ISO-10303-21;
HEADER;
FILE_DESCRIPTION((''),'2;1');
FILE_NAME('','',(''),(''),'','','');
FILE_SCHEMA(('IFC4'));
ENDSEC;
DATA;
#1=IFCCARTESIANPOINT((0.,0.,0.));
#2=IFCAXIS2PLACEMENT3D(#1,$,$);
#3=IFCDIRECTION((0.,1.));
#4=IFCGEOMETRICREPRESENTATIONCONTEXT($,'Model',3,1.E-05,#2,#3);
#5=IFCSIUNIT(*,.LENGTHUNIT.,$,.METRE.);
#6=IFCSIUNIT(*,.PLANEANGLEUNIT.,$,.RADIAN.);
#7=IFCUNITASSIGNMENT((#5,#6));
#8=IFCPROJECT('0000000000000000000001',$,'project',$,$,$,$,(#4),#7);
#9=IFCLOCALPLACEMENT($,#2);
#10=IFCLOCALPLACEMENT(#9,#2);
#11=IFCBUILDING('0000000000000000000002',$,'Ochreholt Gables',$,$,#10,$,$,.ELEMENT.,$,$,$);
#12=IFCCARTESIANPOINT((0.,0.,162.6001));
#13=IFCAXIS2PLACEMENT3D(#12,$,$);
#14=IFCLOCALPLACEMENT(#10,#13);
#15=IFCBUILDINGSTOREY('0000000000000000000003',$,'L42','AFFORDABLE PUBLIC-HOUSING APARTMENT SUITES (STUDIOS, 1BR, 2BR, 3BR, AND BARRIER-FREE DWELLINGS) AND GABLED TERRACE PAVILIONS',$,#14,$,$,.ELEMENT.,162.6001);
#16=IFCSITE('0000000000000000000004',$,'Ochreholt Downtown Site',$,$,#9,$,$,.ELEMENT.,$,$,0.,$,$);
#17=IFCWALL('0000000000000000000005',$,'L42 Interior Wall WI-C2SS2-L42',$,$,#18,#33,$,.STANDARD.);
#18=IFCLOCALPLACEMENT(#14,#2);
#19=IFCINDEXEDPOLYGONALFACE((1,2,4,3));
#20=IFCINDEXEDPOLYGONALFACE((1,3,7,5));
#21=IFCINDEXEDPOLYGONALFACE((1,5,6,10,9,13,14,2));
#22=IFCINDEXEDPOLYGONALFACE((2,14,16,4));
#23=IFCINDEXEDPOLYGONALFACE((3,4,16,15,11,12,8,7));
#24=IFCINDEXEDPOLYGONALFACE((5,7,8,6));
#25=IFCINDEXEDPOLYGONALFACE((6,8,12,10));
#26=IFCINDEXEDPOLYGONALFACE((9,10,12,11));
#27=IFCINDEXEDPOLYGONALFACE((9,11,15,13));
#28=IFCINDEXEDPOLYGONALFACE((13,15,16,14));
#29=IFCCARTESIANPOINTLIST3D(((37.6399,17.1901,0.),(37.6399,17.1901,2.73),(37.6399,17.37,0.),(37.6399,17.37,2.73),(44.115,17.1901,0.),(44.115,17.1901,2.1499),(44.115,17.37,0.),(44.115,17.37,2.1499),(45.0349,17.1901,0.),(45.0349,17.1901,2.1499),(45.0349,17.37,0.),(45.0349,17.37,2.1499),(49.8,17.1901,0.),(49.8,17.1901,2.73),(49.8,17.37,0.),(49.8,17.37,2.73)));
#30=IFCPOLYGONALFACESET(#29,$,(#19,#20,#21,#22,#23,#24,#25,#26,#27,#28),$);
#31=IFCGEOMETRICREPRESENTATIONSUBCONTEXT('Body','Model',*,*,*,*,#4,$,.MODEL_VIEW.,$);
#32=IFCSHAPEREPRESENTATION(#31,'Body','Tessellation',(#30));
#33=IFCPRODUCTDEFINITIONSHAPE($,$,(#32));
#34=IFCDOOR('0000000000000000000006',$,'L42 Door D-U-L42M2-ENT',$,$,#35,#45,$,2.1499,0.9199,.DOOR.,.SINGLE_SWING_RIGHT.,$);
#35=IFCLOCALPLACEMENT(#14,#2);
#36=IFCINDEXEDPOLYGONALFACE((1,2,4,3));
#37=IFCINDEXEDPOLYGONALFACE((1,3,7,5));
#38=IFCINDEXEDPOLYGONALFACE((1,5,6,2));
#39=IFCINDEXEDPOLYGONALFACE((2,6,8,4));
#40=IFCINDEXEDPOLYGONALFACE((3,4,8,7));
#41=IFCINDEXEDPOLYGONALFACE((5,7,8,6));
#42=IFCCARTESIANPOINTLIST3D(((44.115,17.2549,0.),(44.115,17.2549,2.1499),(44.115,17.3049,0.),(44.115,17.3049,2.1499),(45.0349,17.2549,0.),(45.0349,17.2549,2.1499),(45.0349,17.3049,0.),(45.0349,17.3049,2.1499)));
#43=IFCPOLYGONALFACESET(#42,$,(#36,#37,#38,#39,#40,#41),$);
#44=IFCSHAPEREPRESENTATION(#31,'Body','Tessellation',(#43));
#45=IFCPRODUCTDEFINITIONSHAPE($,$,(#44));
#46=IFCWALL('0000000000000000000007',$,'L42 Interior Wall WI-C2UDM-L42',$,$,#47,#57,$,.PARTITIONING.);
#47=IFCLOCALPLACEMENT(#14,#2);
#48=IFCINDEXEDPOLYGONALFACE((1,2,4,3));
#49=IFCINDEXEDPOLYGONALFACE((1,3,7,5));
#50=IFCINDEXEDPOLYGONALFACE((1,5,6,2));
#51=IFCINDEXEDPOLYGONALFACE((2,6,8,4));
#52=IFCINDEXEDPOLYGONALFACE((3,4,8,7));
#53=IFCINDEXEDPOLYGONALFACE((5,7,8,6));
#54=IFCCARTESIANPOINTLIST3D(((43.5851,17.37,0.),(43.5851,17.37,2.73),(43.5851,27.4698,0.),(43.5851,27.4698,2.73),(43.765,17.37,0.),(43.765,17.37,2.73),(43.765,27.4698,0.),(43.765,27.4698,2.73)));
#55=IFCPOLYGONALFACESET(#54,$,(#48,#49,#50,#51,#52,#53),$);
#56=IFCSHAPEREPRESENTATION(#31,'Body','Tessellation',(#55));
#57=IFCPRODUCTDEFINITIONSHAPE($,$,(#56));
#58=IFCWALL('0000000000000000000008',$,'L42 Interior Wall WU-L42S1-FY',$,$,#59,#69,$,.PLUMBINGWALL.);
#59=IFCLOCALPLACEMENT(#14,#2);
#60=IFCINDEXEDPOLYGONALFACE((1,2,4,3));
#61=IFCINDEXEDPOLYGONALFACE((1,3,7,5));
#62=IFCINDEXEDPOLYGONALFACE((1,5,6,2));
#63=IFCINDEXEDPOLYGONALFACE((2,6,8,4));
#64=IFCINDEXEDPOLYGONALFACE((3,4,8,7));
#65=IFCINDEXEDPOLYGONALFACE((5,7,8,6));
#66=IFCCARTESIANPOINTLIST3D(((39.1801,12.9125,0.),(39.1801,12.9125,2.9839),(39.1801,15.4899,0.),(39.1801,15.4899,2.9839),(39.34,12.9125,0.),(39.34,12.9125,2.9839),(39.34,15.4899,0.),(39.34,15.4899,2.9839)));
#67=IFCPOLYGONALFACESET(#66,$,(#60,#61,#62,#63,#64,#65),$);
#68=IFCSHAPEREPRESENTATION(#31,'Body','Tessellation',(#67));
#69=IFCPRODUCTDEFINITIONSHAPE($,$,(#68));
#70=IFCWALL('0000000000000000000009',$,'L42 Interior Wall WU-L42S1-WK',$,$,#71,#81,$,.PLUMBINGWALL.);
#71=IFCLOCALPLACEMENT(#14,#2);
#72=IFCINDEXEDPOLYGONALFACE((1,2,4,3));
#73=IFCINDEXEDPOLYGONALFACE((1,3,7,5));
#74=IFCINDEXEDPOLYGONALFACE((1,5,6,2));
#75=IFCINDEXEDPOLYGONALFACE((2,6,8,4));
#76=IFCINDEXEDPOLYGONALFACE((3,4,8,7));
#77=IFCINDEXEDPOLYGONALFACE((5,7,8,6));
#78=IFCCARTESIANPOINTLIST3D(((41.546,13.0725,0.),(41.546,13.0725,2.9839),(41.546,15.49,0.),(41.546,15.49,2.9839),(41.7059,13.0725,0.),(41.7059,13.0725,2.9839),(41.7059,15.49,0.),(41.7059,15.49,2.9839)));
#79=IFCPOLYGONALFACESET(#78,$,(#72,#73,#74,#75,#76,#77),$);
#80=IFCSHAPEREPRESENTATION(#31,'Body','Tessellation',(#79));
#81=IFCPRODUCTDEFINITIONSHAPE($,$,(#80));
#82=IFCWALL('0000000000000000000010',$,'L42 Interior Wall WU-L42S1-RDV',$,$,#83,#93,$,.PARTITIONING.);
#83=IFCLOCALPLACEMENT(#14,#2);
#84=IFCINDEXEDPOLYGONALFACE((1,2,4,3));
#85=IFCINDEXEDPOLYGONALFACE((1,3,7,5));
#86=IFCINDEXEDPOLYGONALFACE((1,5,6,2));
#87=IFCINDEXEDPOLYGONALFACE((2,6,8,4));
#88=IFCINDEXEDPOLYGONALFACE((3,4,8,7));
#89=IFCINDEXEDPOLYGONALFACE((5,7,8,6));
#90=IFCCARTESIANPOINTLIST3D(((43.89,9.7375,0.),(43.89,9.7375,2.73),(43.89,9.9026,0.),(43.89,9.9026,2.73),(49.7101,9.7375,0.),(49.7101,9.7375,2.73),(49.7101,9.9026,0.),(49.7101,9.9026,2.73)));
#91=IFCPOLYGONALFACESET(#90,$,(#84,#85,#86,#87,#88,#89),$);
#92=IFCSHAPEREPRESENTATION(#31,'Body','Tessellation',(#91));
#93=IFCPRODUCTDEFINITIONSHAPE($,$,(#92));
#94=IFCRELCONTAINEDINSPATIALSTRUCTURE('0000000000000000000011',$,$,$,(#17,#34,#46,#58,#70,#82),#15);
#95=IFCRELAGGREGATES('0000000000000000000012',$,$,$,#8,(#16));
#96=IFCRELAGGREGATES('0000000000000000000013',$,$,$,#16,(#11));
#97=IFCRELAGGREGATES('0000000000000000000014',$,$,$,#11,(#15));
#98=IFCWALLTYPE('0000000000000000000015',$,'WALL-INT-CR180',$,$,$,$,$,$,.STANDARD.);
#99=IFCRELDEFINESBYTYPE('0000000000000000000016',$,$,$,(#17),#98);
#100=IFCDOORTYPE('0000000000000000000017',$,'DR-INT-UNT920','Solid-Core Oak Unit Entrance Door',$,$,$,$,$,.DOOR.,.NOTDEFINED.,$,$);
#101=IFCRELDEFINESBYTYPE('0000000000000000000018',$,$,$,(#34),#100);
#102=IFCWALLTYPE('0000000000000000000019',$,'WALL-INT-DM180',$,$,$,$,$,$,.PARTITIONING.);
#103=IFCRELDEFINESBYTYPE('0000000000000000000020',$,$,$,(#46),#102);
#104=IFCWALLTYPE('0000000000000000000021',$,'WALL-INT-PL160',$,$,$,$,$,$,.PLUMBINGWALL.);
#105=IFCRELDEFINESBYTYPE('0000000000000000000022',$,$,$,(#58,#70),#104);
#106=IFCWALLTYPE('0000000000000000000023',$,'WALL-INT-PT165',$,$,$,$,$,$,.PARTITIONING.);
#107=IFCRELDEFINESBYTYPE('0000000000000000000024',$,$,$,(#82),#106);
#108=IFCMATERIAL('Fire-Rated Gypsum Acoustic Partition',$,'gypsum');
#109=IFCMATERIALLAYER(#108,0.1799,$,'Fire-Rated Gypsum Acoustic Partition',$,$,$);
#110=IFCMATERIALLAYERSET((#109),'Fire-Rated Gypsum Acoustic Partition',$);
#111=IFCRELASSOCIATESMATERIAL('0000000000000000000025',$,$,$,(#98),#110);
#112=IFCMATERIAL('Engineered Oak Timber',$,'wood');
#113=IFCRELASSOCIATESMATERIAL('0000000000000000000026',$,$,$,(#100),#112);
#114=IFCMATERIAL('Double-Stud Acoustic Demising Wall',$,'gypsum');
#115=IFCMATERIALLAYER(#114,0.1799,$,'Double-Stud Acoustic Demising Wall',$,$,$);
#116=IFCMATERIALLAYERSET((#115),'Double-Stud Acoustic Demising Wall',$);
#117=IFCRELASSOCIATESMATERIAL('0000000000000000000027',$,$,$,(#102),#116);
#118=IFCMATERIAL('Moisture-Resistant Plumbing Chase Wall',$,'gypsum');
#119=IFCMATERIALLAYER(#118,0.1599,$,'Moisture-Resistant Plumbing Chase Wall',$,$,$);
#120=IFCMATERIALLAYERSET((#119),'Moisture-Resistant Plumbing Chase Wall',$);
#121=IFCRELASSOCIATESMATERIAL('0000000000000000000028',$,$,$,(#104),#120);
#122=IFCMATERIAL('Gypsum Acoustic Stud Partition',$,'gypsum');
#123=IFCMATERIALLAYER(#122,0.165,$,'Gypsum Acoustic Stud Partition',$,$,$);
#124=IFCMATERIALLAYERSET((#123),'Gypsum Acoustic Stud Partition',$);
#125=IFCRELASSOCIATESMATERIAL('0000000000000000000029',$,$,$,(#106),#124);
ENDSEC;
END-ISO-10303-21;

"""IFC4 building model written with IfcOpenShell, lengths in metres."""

from ifc_helpers import new_model, si_unit, direction, frame, frame_2d, origin, place, context, subcontext, project, spatial, rectangle, extrude, material, layer, layer_set, type_object, element, fill, save


model = new_model("IFC4")

# Units and contexts
model_context = context("Model", 3, precision=1e-05, world=origin(), true_north=direction((0.0, 1.0)))
body_context = subcontext(model_context, "Body", "Model", "MODEL_VIEW")
ifc_project = project(units=[si_unit("LENGTHUNIT", "METRE"), si_unit("PLANEANGLEUNIT", "RADIAN")], contexts=[model_context])

# Site, building, storey
site_placement = place(None, origin())
site = spatial("IfcSite", under=ifc_project, at=site_placement, Name="Ochreholt Downtown Site", CompositionType="ELEMENT", RefElevation=0.0)
building_placement = place(site_placement, origin())
building = spatial("IfcBuilding", under=site, at=building_placement, Name="Ochreholt Gables", CompositionType="ELEMENT")
storey_placement = place(building_placement, frame((0.0, 0.0, 162.6001)))
storey = spatial("IfcBuildingStorey", under=building, at=storey_placement, Name="L42", Description="AFFORDABLE PUBLIC-HOUSING APARTMENT SUITES (STUDIOS, 1BR, 2BR, 3BR, AND BARRIER-FREE DWELLINGS) AND GABLED TERRACE PAVILIONS", CompositionType="ELEMENT", Elevation=162.6001)

# Wall, opening, door
ifc_material_1 = material(Name="Fire-Rated Gypsum Acoustic Partition", Category="gypsum")
ifc_layer_1 = layer(ifc_material_1, 0.1799, Name="Fire-Rated Gypsum Acoustic Partition")
ifc_layer_set_1 = layer_set([ifc_layer_1], Name="Fire-Rated Gypsum Acoustic Partition")
wall_type_1 = type_object("IfcWallType", Name="WALL-INT-CR180", PredefinedType="STANDARD", material=ifc_layer_set_1)
ifc_material_2 = material(Name="Engineered Oak Timber", Category="wood")
door_type_1 = type_object("IfcDoorType", Name="DR-INT-UNT920", Description="Solid-Core Oak Unit Entrance Door", OperationType="NOTDEFINED", PredefinedType="DOOR", material=ifc_material_2)
wall_1_placement = place(storey_placement, frame((37.6399, 17.28, 0.0), z_axis=(0.0, 0.0, 1.0), x_axis=(1.0, 0.0, 0.0)))
wall_1 = element("IfcWall", 1, at=wall_1_placement, inside=storey, type_object=wall_type_1, Name="L42 Interior Wall WI-C2SS2-L42", PredefinedType="STANDARD", context=body_context, shape_type="SweptSolid", body=[
    extrude(rectangle(XDim=12.1602, YDim=0.1799, at=frame_2d((6.0801, 0.0))), origin(), (0.0, 0.0, 1.0), 2.73),
])
opening_1_placement = place(wall_1_placement, frame((6.4751, 0.0, 0.0)))
opening_1 = element("IfcOpeningElement", 2, at=opening_1_placement, cuts=wall_1, PredefinedType="OPENING", context=body_context, shape_type="SweptSolid", body=[
    extrude(rectangle(XDim=0.9199, YDim=2.1499, at=frame_2d((0.46, 1.075))), frame((0.0, 0.0999, 0.0), z_axis=(0.0, -1.0, 0.0), x_axis=(1.0, 0.0, 0.0)), (0.0, 0.0, 1.0), 0.2),
])
door_1_placement = place(opening_1_placement, origin())
door_1 = element("IfcDoor", 3, at=door_1_placement, inside=storey, type_object=door_type_1, Name="L42 Door D-U-L42M2-ENT", OperationType="SINGLE_SWING_RIGHT", OverallHeight=2.1499, OverallWidth=0.9199, PredefinedType="DOOR", context=body_context, shape_type="SweptSolid", body=[
    extrude(rectangle(XDim=0.9199, YDim=2.1499, at=frame_2d((0.46, 1.075))), frame((0.0, 0.0249, 0.0), z_axis=(0.0, -1.0, 0.0), x_axis=(1.0, 0.0, 0.0)), (0.0, 0.0, 1.0), 0.05),
])
fill(opening_1, door_1)

# Wall
ifc_material_3 = material(Name="Double-Stud Acoustic Demising Wall", Category="gypsum")
ifc_layer_2 = layer(ifc_material_3, 0.1799, Name="Double-Stud Acoustic Demising Wall")
ifc_layer_set_2 = layer_set([ifc_layer_2], Name="Double-Stud Acoustic Demising Wall")
wall_type_2 = type_object("IfcWallType", Name="WALL-INT-DM180", PredefinedType="PARTITIONING", material=ifc_layer_set_2)
wall_2_placement = place(storey_placement, frame((43.675, 17.3701, 0.0), z_axis=(0.0, 0.0, 1.0), x_axis=(0.0, 1.0, 0.0)))
element("IfcWall", 4, at=wall_2_placement, inside=storey, type_object=wall_type_2, Name="L42 Interior Wall WI-C2UDM-L42", PredefinedType="PARTITIONING", context=body_context, shape_type="SweptSolid", body=[
    extrude(rectangle(XDim=10.0999, YDim=0.1799, at=frame_2d((5.0498, 0.0))), origin(), (0.0, 0.0, 1.0), 2.73),
])

# Shared definitions
ifc_material_4 = material(Name="Moisture-Resistant Plumbing Chase Wall", Category="gypsum")
ifc_layer_3 = layer(ifc_material_4, 0.1599, Name="Moisture-Resistant Plumbing Chase Wall")
ifc_layer_set_3 = layer_set([ifc_layer_3], Name="Moisture-Resistant Plumbing Chase Wall")
wall_type_3 = type_object("IfcWallType", Name="WALL-INT-PL160", PredefinedType="PLUMBINGWALL", material=ifc_layer_set_3)

# Walls
wall_3_placement = place(storey_placement, frame((39.26, 12.9126, 0.0), z_axis=(0.0, 0.0, 1.0), x_axis=(0.0, 1.0, 0.0)))
element("IfcWall", 5, at=wall_3_placement, inside=storey, type_object=wall_type_3, Name="L42 Interior Wall WU-L42S1-FY", PredefinedType="PLUMBINGWALL", context=body_context, shape_type="SweptSolid", body=[
    extrude(rectangle(XDim=2.5774, YDim=0.1599, at=frame_2d((1.2886, 0.0))), origin(), (0.0, 0.0, 1.0), 2.9839),
])
wall_4_placement = place(storey_placement, frame((41.626, 13.0725, 0.0), z_axis=(0.0, 0.0, 1.0), x_axis=(0.0, 1.0, 0.0)))
element("IfcWall", 6, at=wall_4_placement, inside=storey, type_object=wall_type_3, Name="L42 Interior Wall WU-L42S1-WK", PredefinedType="PLUMBINGWALL", context=body_context, shape_type="SweptSolid", body=[
    extrude(rectangle(XDim=2.4175, YDim=0.1599, at=frame_2d((1.2087, 0.0))), origin(), (0.0, 0.0, 1.0), 2.9839),
])

# Wall
ifc_material_5 = material(Name="Gypsum Acoustic Stud Partition", Category="gypsum")
ifc_layer_4 = layer(ifc_material_5, 0.165, Name="Gypsum Acoustic Stud Partition")
ifc_layer_set_4 = layer_set([ifc_layer_4], Name="Gypsum Acoustic Stud Partition")
wall_type_4 = type_object("IfcWallType", Name="WALL-INT-PT165", PredefinedType="PARTITIONING", material=ifc_layer_set_4)
wall_5_placement = place(storey_placement, frame((43.8899, 9.8201, 0.0), z_axis=(0.0, 0.0, 1.0), x_axis=(1.0, 0.0, 0.0)))
element("IfcWall", 7, at=wall_5_placement, inside=storey, type_object=wall_type_4, Name="L42 Interior Wall WU-L42S1-RDV", PredefinedType="PARTITIONING", context=body_context, shape_type="SweptSolid", body=[
    extrude(rectangle(XDim=5.8201, YDim=0.165, at=frame_2d((2.9102, 0.0))), origin(), (0.0, 0.0, 1.0), 2.73),
])

save(model, "model.ifc")
